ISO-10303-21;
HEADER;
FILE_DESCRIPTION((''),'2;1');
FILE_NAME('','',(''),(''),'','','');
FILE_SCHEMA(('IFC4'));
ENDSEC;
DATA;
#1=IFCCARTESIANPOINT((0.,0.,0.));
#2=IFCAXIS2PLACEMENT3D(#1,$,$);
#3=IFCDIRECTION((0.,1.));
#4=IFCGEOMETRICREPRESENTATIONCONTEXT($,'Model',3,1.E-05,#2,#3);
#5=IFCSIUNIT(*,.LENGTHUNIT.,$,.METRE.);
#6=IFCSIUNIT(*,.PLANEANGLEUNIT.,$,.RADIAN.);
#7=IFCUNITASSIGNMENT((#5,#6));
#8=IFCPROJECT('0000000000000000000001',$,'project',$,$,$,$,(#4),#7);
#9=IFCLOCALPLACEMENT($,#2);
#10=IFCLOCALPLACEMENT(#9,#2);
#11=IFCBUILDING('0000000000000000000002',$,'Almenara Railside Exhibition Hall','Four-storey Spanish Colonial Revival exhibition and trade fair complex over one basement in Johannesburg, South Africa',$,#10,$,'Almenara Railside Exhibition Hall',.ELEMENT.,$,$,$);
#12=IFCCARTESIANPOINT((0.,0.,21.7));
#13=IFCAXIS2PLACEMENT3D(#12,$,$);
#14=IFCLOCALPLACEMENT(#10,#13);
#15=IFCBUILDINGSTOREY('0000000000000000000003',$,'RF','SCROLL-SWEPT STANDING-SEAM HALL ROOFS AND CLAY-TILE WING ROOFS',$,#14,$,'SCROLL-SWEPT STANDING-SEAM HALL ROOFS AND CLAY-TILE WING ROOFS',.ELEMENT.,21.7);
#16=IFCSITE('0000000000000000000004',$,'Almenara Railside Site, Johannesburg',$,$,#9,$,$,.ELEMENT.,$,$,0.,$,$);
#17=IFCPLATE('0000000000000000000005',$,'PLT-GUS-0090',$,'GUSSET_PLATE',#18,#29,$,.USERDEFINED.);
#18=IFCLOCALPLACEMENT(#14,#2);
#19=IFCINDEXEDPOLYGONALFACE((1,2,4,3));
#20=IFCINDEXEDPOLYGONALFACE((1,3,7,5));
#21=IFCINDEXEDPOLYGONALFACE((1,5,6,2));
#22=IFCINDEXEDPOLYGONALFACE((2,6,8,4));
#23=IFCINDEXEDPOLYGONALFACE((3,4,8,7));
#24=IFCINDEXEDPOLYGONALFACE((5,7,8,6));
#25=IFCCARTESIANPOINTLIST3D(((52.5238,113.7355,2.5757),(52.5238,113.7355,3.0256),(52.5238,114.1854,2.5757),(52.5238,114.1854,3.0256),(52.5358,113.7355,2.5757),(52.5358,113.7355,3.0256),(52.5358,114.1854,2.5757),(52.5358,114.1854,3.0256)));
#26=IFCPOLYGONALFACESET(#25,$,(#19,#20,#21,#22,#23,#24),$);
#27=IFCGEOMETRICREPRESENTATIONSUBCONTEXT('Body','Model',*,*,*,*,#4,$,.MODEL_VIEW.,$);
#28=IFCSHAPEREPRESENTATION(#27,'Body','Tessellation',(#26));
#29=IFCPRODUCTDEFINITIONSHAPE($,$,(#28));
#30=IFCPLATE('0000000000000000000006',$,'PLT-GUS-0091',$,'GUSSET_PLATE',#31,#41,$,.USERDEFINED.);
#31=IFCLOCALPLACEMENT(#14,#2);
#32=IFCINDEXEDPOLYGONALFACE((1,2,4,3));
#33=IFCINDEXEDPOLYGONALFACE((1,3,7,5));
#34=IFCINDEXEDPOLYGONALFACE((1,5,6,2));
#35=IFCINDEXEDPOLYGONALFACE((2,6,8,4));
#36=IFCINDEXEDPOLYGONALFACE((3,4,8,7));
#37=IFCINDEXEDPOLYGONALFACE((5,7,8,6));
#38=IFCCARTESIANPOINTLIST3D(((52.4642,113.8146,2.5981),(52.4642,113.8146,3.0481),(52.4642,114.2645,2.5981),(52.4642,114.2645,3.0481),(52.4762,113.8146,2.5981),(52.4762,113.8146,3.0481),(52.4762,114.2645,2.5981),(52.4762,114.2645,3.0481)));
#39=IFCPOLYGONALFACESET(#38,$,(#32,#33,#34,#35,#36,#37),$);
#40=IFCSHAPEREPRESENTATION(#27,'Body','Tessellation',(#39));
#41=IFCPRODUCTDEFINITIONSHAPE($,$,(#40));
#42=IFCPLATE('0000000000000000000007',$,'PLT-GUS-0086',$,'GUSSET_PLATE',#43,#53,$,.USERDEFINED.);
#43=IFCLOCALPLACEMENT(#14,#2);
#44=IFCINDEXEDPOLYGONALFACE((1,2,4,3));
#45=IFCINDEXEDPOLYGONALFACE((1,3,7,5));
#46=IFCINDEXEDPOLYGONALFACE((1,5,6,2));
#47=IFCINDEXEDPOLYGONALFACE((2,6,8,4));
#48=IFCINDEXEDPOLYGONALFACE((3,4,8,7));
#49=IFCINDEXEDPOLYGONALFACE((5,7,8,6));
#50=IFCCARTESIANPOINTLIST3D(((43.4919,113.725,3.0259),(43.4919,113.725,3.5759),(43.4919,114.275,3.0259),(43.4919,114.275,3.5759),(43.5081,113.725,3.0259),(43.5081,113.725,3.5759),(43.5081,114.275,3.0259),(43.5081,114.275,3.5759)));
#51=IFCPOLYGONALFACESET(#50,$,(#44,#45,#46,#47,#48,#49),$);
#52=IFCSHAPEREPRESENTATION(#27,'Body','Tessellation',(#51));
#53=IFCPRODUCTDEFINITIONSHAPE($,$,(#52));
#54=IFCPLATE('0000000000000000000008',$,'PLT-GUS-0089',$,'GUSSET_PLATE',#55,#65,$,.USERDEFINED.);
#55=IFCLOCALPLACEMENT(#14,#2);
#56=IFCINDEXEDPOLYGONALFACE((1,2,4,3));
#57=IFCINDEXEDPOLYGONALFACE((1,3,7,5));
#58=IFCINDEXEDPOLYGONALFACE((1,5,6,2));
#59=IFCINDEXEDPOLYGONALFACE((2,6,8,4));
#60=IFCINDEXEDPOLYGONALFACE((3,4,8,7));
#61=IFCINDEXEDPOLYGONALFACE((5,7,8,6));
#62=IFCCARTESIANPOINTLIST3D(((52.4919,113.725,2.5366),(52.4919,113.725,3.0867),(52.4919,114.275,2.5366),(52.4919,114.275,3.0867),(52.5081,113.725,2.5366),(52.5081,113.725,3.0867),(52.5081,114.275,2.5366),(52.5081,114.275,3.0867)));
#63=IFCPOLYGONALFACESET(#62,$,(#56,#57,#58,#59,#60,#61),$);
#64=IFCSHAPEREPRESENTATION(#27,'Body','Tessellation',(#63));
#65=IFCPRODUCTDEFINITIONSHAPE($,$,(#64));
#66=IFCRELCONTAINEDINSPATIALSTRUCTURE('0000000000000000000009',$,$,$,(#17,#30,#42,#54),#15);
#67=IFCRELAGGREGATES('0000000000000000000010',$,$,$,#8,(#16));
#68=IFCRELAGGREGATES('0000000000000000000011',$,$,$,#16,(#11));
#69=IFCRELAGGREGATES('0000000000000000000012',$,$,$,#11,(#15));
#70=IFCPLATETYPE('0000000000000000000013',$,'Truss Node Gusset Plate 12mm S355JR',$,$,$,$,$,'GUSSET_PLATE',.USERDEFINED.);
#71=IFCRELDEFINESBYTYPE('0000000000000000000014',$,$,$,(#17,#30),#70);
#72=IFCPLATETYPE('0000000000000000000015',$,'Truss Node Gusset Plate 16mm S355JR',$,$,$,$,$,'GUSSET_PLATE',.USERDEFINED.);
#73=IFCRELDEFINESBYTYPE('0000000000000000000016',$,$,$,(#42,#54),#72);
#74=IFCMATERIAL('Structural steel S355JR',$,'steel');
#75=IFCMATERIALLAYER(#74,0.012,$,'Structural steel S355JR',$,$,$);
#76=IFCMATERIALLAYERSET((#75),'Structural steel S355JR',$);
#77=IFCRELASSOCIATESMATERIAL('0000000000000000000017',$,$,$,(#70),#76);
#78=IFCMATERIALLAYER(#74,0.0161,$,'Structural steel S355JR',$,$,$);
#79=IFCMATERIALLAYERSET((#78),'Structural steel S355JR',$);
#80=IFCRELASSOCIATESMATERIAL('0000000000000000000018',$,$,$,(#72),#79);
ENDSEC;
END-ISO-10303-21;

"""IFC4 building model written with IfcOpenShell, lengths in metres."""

from ifc_helpers import new_model, si_unit, direction, frame, origin, origin_2d, place, context, subcontext, project, spatial, rectangle, extrude, material, layer, layer_set, type_object, element, save


model = new_model("IFC4")

# Units and contexts
model_context = context("Model", 3, precision=1e-05, world=origin(), true_north=direction((0.0, 1.0)))
body_context = subcontext(model_context, "Body", "Model", "MODEL_VIEW")
ifc_project = project(units=[si_unit("LENGTHUNIT", "METRE"), si_unit("PLANEANGLEUNIT", "RADIAN")], contexts=[model_context])

# Site, building, storey
site_placement = place(None, origin())
site = spatial("IfcSite", under=ifc_project, at=site_placement, Name="Almenara Railside Site, Johannesburg", CompositionType="ELEMENT", RefElevation=0.0)
building_placement = place(site_placement, origin())
building = spatial("IfcBuilding", under=site, at=building_placement, Name="Almenara Railside Exhibition Hall", Description="Four-storey Spanish Colonial Revival exhibition and trade fair complex over one basement in Johannesburg, South Africa", LongName="Almenara Railside Exhibition Hall", CompositionType="ELEMENT")
storey_placement = place(building_placement, frame((0.0, 0.0, 21.7)))
storey = spatial("IfcBuildingStorey", under=building, at=storey_placement, Name="RF", Description="SCROLL-SWEPT STANDING-SEAM HALL ROOFS AND CLAY-TILE WING ROOFS", LongName="SCROLL-SWEPT STANDING-SEAM HALL ROOFS AND CLAY-TILE WING ROOFS", CompositionType="ELEMENT", Elevation=21.7)

# Shared definitions
ifc_material_1 = material(Name="Structural steel S355JR", Category="steel")

# Plates
ifc_layer_1 = layer(ifc_material_1, 0.012, Name="Structural steel S355JR")
ifc_layer_set_1 = layer_set([ifc_layer_1], Name="Structural steel S355JR")
plate_type_1 = type_object("IfcPlateType", Name="Truss Node Gusset Plate 12mm S355JR", ElementType="GUSSET_PLATE", PredefinedType="USERDEFINED", material=ifc_layer_set_1)
for number, where, z_axis, x_axis, name in (
    (1, (52.5298, 113.9604, 2.5757), (0.0, 0.0, 1.0), (0.0, 1.0, 0.0), "PLT-GUS-0090"),
    (2, (52.4702, 114.0396, 2.5981), (0.0, 0.0, 1.0), (0.0, 1.0, 0.0), "PLT-GUS-0091"),
):
    element("IfcPlate", number, at=place(storey_placement, frame(where, z_axis=z_axis, x_axis=x_axis)), inside=storey, type_object=plate_type_1, Name=name, ObjectType="GUSSET_PLATE", PredefinedType="USERDEFINED", context=body_context, shape_type="SweptSolid", body=[
        extrude(rectangle(XDim=0.45, YDim=0.012, at=origin_2d()), origin(), (0.0, 0.0, 1.0), 0.45),
    ])
ifc_layer_2 = layer(ifc_material_1, 0.0161, Name="Structural steel S355JR")
ifc_layer_set_2 = layer_set([ifc_layer_2], Name="Structural steel S355JR")
plate_type_2 = type_object("IfcPlateType", Name="Truss Node Gusset Plate 16mm S355JR", ElementType="GUSSET_PLATE", PredefinedType="USERDEFINED", material=ifc_layer_set_2)
for number, where, z_axis, x_axis, name in (
    (3, (43.5, 114.0, 3.0259), (0.0, 0.0, 1.0), (0.0, 1.0, 0.0), "PLT-GUS-0086"),
    (4, (52.5, 114.0, 2.5366), (0.0, 0.0, 1.0), (0.0, 1.0, 0.0), "PLT-GUS-0089"),
):
    element("IfcPlate", number, at=place(storey_placement, frame(where, z_axis=z_axis, x_axis=x_axis)), inside=storey, type_object=plate_type_2, Name=name, ObjectType="GUSSET_PLATE", PredefinedType="USERDEFINED", context=body_context, shape_type="SweptSolid", body=[
        extrude(rectangle(XDim=0.55, YDim=0.0161, at=origin_2d()), origin(), (0.0, 0.0, 1.0), 0.55),
    ])

save(model, "model.ifc")
